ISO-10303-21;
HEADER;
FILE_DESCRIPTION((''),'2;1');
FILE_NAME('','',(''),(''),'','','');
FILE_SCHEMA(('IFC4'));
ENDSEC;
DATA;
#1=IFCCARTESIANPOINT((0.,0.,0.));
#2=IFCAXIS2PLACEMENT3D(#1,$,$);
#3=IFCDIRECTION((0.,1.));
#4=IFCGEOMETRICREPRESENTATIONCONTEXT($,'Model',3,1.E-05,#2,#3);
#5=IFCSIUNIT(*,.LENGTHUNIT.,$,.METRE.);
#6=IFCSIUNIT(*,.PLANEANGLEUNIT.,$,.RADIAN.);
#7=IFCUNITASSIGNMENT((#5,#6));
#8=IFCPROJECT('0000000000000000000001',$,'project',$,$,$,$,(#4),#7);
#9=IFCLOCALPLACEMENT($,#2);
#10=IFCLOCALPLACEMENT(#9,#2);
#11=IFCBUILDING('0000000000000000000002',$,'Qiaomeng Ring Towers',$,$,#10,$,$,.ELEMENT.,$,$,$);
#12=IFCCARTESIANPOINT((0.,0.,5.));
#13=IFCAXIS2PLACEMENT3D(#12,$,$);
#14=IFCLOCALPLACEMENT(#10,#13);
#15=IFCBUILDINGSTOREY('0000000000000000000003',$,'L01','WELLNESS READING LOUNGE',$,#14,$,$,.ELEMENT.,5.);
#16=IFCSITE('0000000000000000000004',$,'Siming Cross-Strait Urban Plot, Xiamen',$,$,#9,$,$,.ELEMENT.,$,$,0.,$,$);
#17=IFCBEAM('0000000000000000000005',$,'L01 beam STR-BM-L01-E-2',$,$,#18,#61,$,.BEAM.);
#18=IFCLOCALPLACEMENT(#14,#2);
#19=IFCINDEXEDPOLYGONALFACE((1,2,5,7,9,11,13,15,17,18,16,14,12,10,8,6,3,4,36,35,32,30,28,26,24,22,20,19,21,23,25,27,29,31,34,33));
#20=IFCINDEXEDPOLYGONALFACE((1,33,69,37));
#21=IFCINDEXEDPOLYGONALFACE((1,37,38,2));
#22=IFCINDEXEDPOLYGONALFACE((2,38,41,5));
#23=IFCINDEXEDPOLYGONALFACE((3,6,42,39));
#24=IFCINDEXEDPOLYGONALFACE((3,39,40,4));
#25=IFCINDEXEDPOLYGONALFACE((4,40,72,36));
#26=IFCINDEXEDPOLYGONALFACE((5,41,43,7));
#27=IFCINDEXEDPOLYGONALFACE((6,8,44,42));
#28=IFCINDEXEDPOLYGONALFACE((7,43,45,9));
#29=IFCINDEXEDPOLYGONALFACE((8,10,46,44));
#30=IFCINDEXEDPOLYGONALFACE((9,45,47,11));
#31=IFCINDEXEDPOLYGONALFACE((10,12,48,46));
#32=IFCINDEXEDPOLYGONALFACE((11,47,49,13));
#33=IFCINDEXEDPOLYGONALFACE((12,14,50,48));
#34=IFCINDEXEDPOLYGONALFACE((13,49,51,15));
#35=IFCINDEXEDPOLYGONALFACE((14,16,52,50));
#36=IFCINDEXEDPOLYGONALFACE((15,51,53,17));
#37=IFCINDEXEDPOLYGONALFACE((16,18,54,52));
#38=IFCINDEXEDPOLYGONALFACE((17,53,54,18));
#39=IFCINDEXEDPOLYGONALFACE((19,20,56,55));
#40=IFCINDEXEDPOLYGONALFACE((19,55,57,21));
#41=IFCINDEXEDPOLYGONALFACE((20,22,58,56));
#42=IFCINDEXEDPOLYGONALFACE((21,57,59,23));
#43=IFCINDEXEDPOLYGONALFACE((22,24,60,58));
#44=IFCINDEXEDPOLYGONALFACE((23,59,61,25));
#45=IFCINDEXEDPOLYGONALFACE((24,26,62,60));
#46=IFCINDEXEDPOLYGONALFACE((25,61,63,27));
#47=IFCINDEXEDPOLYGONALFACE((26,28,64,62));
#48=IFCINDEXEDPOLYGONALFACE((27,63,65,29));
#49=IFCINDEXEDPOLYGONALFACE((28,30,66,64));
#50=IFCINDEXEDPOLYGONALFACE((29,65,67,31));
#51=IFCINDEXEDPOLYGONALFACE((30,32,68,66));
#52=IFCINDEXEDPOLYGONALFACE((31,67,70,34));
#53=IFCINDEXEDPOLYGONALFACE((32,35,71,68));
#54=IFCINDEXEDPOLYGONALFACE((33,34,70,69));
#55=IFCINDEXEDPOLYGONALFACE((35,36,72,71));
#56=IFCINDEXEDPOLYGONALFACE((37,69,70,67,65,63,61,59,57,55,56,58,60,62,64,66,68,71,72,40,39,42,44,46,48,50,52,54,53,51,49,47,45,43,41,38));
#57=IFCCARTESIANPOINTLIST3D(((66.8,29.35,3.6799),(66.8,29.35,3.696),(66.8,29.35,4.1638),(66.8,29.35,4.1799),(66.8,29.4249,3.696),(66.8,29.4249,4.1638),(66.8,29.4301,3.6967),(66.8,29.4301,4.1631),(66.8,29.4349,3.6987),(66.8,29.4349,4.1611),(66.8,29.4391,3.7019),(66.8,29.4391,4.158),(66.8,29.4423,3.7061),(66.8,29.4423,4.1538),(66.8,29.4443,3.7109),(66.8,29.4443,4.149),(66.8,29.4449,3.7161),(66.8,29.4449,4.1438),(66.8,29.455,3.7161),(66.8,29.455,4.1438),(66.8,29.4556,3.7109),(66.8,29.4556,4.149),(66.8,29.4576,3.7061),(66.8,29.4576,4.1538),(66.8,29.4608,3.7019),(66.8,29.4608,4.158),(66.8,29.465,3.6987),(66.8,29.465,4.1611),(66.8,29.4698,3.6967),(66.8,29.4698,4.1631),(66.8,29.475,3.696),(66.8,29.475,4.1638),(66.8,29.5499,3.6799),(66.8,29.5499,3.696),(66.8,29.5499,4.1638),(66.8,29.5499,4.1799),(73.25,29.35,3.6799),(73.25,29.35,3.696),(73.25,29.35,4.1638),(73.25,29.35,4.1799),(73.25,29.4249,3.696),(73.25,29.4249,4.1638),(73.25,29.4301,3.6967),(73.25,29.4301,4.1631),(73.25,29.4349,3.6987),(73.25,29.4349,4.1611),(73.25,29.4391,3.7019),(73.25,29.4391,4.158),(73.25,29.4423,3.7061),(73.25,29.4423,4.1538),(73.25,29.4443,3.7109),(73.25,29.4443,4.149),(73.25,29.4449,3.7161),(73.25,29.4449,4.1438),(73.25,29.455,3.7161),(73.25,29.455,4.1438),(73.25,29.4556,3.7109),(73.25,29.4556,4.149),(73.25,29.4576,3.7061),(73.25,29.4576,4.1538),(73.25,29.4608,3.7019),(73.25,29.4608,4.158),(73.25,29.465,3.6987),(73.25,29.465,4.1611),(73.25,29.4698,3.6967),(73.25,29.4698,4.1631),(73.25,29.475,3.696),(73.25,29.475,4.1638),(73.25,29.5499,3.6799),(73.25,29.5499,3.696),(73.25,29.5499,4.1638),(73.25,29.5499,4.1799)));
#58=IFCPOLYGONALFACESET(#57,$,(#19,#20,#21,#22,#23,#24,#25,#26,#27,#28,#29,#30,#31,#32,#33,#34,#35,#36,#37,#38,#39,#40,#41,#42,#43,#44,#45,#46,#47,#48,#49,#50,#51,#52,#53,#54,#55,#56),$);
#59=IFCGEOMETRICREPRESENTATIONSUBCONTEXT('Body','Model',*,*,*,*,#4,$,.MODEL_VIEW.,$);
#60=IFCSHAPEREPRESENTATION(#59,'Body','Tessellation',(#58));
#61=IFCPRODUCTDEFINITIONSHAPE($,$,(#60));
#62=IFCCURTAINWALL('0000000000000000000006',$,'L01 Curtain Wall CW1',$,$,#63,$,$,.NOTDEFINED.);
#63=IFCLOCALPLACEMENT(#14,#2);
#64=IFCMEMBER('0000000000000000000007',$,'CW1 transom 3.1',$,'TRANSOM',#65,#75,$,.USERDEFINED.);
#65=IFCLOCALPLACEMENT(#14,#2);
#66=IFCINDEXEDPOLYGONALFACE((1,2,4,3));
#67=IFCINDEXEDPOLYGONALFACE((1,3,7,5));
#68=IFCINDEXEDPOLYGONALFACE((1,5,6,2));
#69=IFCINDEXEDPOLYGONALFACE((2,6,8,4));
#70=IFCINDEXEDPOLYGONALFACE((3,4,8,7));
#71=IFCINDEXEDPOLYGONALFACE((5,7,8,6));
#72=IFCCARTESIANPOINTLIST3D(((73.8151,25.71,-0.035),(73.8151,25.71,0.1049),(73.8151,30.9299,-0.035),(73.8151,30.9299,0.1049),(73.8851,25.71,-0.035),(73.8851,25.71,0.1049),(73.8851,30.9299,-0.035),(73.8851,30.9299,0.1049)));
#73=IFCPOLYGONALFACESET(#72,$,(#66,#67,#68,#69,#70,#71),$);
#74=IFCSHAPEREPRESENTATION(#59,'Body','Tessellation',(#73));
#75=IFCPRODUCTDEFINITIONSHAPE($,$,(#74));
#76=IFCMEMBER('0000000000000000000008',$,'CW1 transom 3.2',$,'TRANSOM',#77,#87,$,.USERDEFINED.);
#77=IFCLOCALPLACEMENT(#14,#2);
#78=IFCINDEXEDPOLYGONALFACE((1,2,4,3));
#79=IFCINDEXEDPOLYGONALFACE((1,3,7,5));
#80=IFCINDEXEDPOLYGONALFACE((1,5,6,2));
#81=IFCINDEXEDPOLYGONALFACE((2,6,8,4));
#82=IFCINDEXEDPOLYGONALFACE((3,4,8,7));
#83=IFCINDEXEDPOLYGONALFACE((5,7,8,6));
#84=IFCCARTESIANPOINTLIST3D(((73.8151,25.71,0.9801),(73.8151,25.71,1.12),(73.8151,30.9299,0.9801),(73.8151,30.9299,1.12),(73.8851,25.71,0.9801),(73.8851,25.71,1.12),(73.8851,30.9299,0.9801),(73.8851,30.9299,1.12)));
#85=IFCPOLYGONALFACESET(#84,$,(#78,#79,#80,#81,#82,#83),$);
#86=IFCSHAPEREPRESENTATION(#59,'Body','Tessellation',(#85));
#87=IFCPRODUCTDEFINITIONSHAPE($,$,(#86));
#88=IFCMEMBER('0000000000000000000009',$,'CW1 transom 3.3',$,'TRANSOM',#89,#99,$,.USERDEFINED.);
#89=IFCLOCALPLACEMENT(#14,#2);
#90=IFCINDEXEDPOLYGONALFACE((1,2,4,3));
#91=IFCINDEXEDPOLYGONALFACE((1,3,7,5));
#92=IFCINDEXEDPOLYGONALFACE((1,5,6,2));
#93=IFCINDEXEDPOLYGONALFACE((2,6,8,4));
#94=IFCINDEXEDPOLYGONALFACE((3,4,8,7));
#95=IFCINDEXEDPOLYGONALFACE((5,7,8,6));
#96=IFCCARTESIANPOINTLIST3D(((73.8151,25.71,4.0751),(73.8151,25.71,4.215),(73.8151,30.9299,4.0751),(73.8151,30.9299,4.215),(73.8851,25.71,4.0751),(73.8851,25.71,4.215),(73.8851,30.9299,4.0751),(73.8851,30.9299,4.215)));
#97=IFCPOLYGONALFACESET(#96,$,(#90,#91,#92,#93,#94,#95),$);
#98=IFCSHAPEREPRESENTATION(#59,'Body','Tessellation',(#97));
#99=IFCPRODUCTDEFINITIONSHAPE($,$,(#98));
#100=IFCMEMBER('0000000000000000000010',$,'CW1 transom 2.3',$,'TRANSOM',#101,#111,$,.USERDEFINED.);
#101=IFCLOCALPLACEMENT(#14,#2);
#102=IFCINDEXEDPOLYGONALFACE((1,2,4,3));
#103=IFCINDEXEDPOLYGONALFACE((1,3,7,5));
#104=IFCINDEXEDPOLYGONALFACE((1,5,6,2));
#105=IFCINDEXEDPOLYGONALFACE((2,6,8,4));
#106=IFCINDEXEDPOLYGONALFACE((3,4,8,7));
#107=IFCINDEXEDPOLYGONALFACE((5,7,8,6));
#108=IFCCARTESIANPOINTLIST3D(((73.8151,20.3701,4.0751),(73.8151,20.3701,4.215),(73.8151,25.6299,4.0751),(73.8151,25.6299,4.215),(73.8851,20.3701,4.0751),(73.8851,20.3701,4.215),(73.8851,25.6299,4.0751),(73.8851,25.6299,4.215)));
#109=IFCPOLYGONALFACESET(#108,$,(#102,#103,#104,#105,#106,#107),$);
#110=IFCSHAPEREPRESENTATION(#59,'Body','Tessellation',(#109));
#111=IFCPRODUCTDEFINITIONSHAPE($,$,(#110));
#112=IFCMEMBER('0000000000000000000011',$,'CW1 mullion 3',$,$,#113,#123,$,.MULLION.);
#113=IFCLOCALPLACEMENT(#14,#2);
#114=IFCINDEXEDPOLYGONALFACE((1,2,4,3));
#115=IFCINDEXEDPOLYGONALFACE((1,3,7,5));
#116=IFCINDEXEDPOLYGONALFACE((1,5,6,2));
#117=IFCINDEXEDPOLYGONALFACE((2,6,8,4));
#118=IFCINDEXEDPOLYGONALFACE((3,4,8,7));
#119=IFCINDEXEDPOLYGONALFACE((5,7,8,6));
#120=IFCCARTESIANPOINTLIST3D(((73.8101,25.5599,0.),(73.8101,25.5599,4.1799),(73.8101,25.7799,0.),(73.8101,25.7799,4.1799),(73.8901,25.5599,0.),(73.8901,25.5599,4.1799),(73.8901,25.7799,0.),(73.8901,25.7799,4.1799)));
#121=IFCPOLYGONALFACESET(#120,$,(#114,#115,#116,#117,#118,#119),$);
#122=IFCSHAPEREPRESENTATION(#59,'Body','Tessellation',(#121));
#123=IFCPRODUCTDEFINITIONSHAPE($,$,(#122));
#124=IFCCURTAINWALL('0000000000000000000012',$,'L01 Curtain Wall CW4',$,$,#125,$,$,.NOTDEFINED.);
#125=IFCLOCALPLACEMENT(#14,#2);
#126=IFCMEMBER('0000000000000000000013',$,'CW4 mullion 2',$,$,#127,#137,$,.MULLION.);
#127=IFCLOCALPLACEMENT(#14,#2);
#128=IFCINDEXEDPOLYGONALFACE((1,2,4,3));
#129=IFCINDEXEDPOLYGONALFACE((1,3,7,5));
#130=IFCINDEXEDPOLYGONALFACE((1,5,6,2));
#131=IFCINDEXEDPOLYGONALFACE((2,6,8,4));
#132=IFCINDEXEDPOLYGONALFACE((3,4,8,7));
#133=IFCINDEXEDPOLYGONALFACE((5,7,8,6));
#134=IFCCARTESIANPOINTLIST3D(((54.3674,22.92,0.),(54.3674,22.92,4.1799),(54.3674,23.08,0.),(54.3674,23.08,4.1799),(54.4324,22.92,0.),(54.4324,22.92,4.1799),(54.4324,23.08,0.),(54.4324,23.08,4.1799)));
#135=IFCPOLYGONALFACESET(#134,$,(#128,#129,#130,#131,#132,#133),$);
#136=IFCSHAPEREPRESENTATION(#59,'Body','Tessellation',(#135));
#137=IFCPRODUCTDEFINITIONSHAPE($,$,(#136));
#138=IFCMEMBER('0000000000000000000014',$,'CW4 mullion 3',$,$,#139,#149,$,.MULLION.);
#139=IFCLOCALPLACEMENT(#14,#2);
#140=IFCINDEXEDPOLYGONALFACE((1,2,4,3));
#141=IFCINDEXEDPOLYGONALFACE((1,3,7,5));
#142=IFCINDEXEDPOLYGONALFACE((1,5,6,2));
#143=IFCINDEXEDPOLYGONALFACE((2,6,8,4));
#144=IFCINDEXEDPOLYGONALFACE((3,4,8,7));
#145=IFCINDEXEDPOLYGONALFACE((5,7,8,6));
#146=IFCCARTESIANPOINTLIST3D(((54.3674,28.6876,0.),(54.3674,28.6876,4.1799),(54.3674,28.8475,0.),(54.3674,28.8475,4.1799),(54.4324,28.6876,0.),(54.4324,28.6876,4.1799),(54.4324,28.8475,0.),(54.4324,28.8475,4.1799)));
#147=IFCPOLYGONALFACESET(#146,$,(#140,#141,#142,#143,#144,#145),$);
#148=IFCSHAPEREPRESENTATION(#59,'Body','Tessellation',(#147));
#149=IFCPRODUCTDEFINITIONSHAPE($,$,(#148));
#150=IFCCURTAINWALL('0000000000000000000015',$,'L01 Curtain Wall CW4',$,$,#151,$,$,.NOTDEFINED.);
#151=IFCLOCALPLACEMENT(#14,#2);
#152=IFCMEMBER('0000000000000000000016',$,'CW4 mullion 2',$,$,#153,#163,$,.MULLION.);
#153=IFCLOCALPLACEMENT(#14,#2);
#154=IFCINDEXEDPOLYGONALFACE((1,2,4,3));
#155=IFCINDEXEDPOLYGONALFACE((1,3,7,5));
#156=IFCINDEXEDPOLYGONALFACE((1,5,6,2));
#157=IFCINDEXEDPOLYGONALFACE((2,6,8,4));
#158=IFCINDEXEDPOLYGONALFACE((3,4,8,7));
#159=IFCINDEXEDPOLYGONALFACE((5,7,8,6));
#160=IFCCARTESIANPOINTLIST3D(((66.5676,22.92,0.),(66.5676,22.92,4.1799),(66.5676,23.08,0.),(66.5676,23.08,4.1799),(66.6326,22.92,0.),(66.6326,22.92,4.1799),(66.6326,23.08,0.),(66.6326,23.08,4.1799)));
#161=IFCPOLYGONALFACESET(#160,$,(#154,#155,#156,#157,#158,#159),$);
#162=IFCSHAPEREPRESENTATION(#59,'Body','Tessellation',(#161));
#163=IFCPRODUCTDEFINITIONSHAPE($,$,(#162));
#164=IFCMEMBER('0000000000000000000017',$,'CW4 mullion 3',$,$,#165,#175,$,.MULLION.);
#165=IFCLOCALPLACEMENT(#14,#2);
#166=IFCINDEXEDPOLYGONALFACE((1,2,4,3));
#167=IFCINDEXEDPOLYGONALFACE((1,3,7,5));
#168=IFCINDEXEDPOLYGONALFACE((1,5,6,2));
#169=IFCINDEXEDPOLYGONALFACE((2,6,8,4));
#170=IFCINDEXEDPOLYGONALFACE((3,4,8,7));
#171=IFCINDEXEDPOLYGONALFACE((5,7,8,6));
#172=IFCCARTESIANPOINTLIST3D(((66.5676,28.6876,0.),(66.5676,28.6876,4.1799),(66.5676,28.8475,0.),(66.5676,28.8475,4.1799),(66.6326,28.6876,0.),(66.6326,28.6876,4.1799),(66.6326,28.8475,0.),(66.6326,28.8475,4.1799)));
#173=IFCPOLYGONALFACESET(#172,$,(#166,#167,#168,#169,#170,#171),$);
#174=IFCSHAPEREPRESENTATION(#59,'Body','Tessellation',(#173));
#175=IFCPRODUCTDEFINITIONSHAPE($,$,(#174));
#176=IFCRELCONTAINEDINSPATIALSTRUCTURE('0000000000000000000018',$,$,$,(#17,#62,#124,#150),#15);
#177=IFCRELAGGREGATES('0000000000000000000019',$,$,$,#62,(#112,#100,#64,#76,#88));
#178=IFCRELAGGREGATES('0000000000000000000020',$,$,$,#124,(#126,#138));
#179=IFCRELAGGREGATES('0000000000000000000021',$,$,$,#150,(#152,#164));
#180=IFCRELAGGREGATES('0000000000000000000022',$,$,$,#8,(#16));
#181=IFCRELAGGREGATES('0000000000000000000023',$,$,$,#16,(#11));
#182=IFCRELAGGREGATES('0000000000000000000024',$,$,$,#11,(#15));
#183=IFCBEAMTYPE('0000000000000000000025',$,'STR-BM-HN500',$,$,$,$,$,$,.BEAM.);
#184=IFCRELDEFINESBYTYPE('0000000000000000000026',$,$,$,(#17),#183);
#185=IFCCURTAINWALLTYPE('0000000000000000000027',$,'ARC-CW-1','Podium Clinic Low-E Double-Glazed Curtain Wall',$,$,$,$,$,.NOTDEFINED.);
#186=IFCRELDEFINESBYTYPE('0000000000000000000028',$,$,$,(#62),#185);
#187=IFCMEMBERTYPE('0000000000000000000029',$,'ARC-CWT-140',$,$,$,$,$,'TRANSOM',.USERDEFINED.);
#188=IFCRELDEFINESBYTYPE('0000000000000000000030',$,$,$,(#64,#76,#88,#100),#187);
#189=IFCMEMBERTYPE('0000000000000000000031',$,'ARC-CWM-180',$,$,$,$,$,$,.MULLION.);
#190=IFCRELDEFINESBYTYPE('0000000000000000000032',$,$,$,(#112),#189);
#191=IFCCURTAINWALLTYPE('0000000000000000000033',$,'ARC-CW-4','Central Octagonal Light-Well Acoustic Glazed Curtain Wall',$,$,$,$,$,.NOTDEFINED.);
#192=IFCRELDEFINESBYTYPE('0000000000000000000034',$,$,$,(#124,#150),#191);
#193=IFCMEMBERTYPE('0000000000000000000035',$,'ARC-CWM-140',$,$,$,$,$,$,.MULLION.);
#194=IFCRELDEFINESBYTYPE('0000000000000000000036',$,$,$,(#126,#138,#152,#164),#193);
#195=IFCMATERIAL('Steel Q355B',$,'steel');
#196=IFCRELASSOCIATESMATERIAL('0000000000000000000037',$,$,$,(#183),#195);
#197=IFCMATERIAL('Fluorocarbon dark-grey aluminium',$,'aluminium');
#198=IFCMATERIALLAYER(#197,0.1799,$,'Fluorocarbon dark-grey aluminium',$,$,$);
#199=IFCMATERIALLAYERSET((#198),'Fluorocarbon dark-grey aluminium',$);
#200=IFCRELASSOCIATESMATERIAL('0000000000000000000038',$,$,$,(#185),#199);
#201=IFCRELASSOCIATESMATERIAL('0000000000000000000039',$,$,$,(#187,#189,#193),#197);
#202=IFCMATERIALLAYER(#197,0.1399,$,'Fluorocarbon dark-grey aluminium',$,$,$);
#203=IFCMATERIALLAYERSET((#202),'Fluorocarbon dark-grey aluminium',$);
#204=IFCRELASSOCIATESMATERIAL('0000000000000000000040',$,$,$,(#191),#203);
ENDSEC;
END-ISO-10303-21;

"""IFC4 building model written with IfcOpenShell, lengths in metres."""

from ifc_helpers import new_model, si_unit, direction, frame, origin, origin_2d, place, context, subcontext, project, spatial, rectangle, i_section, extrude, source, transform, mapped, material, layer, layer_set, material_profile, profile_set, type_object, element, aggregate, save


model = new_model("IFC4")

# Units and contexts
model_context = context("Model", 3, precision=1e-05, world=origin(), true_north=direction((0.0, 1.0)))
body_context = subcontext(model_context, "Body", "Model", "MODEL_VIEW")
ifc_project = project(units=[si_unit("LENGTHUNIT", "METRE"), si_unit("PLANEANGLEUNIT", "RADIAN")], contexts=[model_context])

# Site, building, storey
site_placement = place(None, origin())
site = spatial("IfcSite", under=ifc_project, at=site_placement, Name="Siming Cross-Strait Urban Plot, Xiamen", CompositionType="ELEMENT", RefElevation=0.0)
building_placement = place(site_placement, origin())
building = spatial("IfcBuilding", under=site, at=building_placement, Name="Qiaomeng Ring Towers", CompositionType="ELEMENT")
storey_placement = place(building_placement, frame((0.0, 0.0, 5.0)))
storey = spatial("IfcBuildingStorey", under=building, at=storey_placement, Name="L01", Description="WELLNESS READING LOUNGE", CompositionType="ELEMENT", Elevation=5.0)

# Beam
ifc_material_1 = material(Name="Steel Q355B", Category="steel")
ifc_material_profile_1 = material_profile(ifc_material_1, i_section(OverallWidth=0.2, OverallDepth=0.5, WebThickness=0.01, FlangeThickness=0.0161, FilletRadius=0.02, at=origin_2d()), Name="HN 500x200x10x16")
ifc_profile_set_1 = profile_set([ifc_material_profile_1], Name="Steel Q355B")
beam_type = type_object("IfcBeamType", Name="STR-BM-HN500", PredefinedType="BEAM", material=ifc_profile_set_1)
shared_shape_1 = source(origin(), body_context, "Body", "SweptSolid", [
    extrude(i_section(OverallWidth=0.2, OverallDepth=0.5, WebThickness=0.01, FlangeThickness=0.0161, FilletRadius=0.02, at=origin_2d()), origin(), (0.0, 0.0, 1.0), 6.45),
])
beam_placement = place(storey_placement, frame((66.8, 29.45, 3.9299), z_axis=(1.0, 0.0, 0.0), x_axis=(0.0, 1.0, 0.0)))
element("IfcBeam", 1, at=beam_placement, inside=storey, type_object=beam_type, Name="L01 beam STR-BM-L01-E-2", PredefinedType="BEAM", context=body_context, shape_type="MappedRepresentation", body=[
    mapped(shared_shape_1, transform((0.0, 0.0, 0.0), x_axis=(1.0, 0.0, 0.0), y_axis=(0.0, 1.0, 0.0), z_axis=(0.0, 0.0, 1.0), scale=1.0)),
])

# Curtain walls, members
ifc_material_2 = material(Name="Fluorocarbon dark-grey aluminium", Category="aluminium")
ifc_layer_1 = layer(ifc_material_2, 0.1799, Name="Fluorocarbon dark-grey aluminium")
ifc_layer_set_1 = layer_set([ifc_layer_1], Name="Fluorocarbon dark-grey aluminium")
curtain_wall_type_1 = type_object("IfcCurtainWallType", Name="ARC-CW-1", Description="Podium Clinic Low-E Double-Glazed Curtain Wall", PredefinedType="NOTDEFINED", material=ifc_layer_set_1)
curtain_wall_1_placement = place(storey_placement, origin())
curtain_wall_1 = element("IfcCurtainWall", 2, at=curtain_wall_1_placement, inside=storey, type_object=curtain_wall_type_1, Name="L01 Curtain Wall CW1", PredefinedType="NOTDEFINED")
ifc_material_profile_2 = material_profile(ifc_material_2, rectangle(XDim=0.0701, YDim=0.1399, at=origin_2d()), Name="ALU TRAN 70x140")
ifc_profile_set_2 = profile_set([ifc_material_profile_2], Name="Fluorocarbon dark-grey aluminium")
member_type_1 = type_object("IfcMemberType", Name="ARC-CWT-140", ElementType="TRANSOM", PredefinedType="USERDEFINED", material=ifc_profile_set_2)
shared_shape_2 = source(origin(), body_context, "Body", "SweptSolid", [
    extrude(rectangle(XDim=0.0701, YDim=0.1399, at=origin_2d()), origin(), (0.0, 0.0, 1.0), 5.22),
])
member_1_placement = place(storey_placement, frame((73.8501, 25.71, 0.0349), z_axis=(0.0, 1.0, 0.0), x_axis=(-1.0, 0.0, 0.0)))
member_1 = element("IfcMember", 3, at=member_1_placement, type_object=member_type_1, Name="CW1 transom 3.1", ObjectType="TRANSOM", PredefinedType="USERDEFINED", context=body_context, shape_type="MappedRepresentation", body=[
    mapped(shared_shape_2, transform((0.0, 0.0, 0.0), x_axis=(1.0, 0.0, 0.0), y_axis=(0.0, 1.0, 0.0), z_axis=(0.0, 0.0, 1.0), scale=1.0)),
])
member_2_placement = place(storey_placement, frame((73.8501, 25.71, 1.05), z_axis=(0.0, 1.0, 0.0), x_axis=(-1.0, 0.0, 0.0)))
member_2 = element("IfcMember", 4, at=member_2_placement, type_object=member_type_1, Name="CW1 transom 3.2", ObjectType="TRANSOM", PredefinedType="USERDEFINED", context=body_context, shape_type="MappedRepresentation", body=[
    mapped(shared_shape_2, transform((0.0, 0.0, 0.0), x_axis=(1.0, 0.0, 0.0), y_axis=(0.0, 1.0, 0.0), z_axis=(0.0, 0.0, 1.0), scale=1.0)),
])
member_3_placement = place(storey_placement, frame((73.8501, 25.71, 4.145), z_axis=(0.0, 1.0, 0.0), x_axis=(-1.0, 0.0, 0.0)))
member_3 = element("IfcMember", 5, at=member_3_placement, type_object=member_type_1, Name="CW1 transom 3.3", ObjectType="TRANSOM", PredefinedType="USERDEFINED", context=body_context, shape_type="MappedRepresentation", body=[
    mapped(shared_shape_2, transform((0.0, 0.0, 0.0), x_axis=(1.0, 0.0, 0.0), y_axis=(0.0, 1.0, 0.0), z_axis=(0.0, 0.0, 1.0), scale=1.0)),
])
shared_shape_3 = source(origin(), body_context, "Body", "SweptSolid", [
    extrude(rectangle(XDim=0.0701, YDim=0.1399, at=origin_2d()), origin(), (0.0, 0.0, 1.0), 5.2598),
])
member_4_placement = place(storey_placement, frame((73.8501, 20.3701, 4.145), z_axis=(0.0, 1.0, 0.0), x_axis=(-1.0, 0.0, 0.0)))
member_4 = element("IfcMember", 6, at=member_4_placement, type_object=member_type_1, Name="CW1 transom 2.3", ObjectType="TRANSOM", PredefinedType="USERDEFINED", context=body_context, shape_type="MappedRepresentation", body=[
    mapped(shared_shape_3, transform((0.0, 0.0, 0.0), x_axis=(1.0, 0.0, 0.0), y_axis=(0.0, 1.0, 0.0), z_axis=(0.0, 0.0, 1.0), scale=1.0)),
])
ifc_material_profile_3 = material_profile(ifc_material_2, rectangle(XDim=0.0801, YDim=0.22, at=origin_2d()), Name="ALU MULL 80x220")
ifc_profile_set_3 = profile_set([ifc_material_profile_3], Name="Fluorocarbon dark-grey aluminium")
member_type_2 = type_object("IfcMemberType", Name="ARC-CWM-180", PredefinedType="MULLION", material=ifc_profile_set_3)
shared_shape_4 = source(origin(), body_context, "Body", "SweptSolid", [
    extrude(rectangle(XDim=0.0801, YDim=0.22, at=origin_2d()), origin(), (0.0, 0.0, 1.0), 4.1799),
])
member_5_placement = place(storey_placement, frame((73.8501, 25.6699, 0.0), z_axis=(0.0, 0.0, 1.0), x_axis=(-1.0, 0.0, 0.0)))
member_5 = element("IfcMember", 7, at=member_5_placement, type_object=member_type_2, Name="CW1 mullion 3", PredefinedType="MULLION", context=body_context, shape_type="MappedRepresentation", body=[
    mapped(shared_shape_4, transform((0.0, 0.0, 0.0), x_axis=(1.0, 0.0, 0.0), y_axis=(0.0, 1.0, 0.0), z_axis=(0.0, 0.0, 1.0), scale=1.0)),
])
ifc_layer_2 = layer(ifc_material_2, 0.1399, Name="Fluorocarbon dark-grey aluminium")
ifc_layer_set_2 = layer_set([ifc_layer_2], Name="Fluorocarbon dark-grey aluminium")
curtain_wall_type_2 = type_object("IfcCurtainWallType", Name="ARC-CW-4", Description="Central Octagonal Light-Well Acoustic Glazed Curtain Wall", PredefinedType="NOTDEFINED", material=ifc_layer_set_2)
curtain_wall_2_placement = place(storey_placement, origin())
curtain_wall_2 = element("IfcCurtainWall", 8, at=curtain_wall_2_placement, inside=storey, type_object=curtain_wall_type_2, Name="L01 Curtain Wall CW4", PredefinedType="NOTDEFINED")
ifc_material_profile_4 = material_profile(ifc_material_2, rectangle(XDim=0.0649, YDim=0.1599, at=origin_2d()), Name="ALU MULL 65x160")
ifc_profile_set_4 = profile_set([ifc_material_profile_4], Name="Fluorocarbon dark-grey aluminium")
member_type_3 = type_object("IfcMemberType", Name="ARC-CWM-140", PredefinedType="MULLION", material=ifc_profile_set_4)
shared_shape_5 = source(origin(), body_context, "Body", "SweptSolid", [
    extrude(rectangle(XDim=0.0649, YDim=0.1599, at=origin_2d()), origin(), (0.0, 0.0, 1.0), 4.1799),
])
member_6_placement = place(storey_placement, frame((54.3999, 23.0, 0.0), z_axis=(0.0, 0.0, 1.0), x_axis=(-1.0, 0.0, 0.0)))
member_6 = element("IfcMember", 9, at=member_6_placement, type_object=member_type_3, Name="CW4 mullion 2", PredefinedType="MULLION", context=body_context, shape_type="MappedRepresentation", body=[
    mapped(shared_shape_5, transform((0.0, 0.0, 0.0), x_axis=(1.0, 0.0, 0.0), y_axis=(0.0, 1.0, 0.0), z_axis=(0.0, 0.0, 1.0), scale=1.0)),
])
member_7_placement = place(storey_placement, frame((54.3999, 28.7676, 0.0), z_axis=(0.0, 0.0, 1.0), x_axis=(-1.0, 0.0, 0.0)))
member_7 = element("IfcMember", 10, at=member_7_placement, type_object=member_type_3, Name="CW4 mullion 3", PredefinedType="MULLION", context=body_context, shape_type="MappedRepresentation", body=[
    mapped(shared_shape_5, transform((0.0, 0.0, 0.0), x_axis=(1.0, 0.0, 0.0), y_axis=(0.0, 1.0, 0.0), z_axis=(0.0, 0.0, 1.0), scale=1.0)),
])
curtain_wall_3_placement = place(storey_placement, origin())
curtain_wall_3 = element("IfcCurtainWall", 11, at=curtain_wall_3_placement, inside=storey, type_object=curtain_wall_type_2, Name="L01 Curtain Wall CW4", PredefinedType="NOTDEFINED")
member_8_placement = place(storey_placement, frame((66.6001, 23.0, 0.0), z_axis=(0.0, 0.0, 1.0), x_axis=(-1.0, 0.0, 0.0)))
member_8 = element("IfcMember", 12, at=member_8_placement, type_object=member_type_3, Name="CW4 mullion 2", PredefinedType="MULLION", context=body_context, shape_type="MappedRepresentation", body=[
    mapped(shared_shape_5, transform((0.0, 0.0, 0.0), x_axis=(1.0, 0.0, 0.0), y_axis=(0.0, 1.0, 0.0), z_axis=(0.0, 0.0, 1.0), scale=1.0)),
])
member_9_placement = place(storey_placement, frame((66.6001, 28.7676, 0.0), z_axis=(0.0, 0.0, 1.0), x_axis=(-1.0, 0.0, 0.0)))
member_9 = element("IfcMember", 13, at=member_9_placement, type_object=member_type_3, Name="CW4 mullion 3", PredefinedType="MULLION", context=body_context, shape_type="MappedRepresentation", body=[
    mapped(shared_shape_5, transform((0.0, 0.0, 0.0), x_axis=(1.0, 0.0, 0.0), y_axis=(0.0, 1.0, 0.0), z_axis=(0.0, 0.0, 1.0), scale=1.0)),
])

aggregate(curtain_wall_1, [member_5, member_4, member_1, member_2, member_3])
aggregate(curtain_wall_2, [member_6, member_7])
aggregate(curtain_wall_3, [member_8, member_9])

save(model, "model.ifc")
